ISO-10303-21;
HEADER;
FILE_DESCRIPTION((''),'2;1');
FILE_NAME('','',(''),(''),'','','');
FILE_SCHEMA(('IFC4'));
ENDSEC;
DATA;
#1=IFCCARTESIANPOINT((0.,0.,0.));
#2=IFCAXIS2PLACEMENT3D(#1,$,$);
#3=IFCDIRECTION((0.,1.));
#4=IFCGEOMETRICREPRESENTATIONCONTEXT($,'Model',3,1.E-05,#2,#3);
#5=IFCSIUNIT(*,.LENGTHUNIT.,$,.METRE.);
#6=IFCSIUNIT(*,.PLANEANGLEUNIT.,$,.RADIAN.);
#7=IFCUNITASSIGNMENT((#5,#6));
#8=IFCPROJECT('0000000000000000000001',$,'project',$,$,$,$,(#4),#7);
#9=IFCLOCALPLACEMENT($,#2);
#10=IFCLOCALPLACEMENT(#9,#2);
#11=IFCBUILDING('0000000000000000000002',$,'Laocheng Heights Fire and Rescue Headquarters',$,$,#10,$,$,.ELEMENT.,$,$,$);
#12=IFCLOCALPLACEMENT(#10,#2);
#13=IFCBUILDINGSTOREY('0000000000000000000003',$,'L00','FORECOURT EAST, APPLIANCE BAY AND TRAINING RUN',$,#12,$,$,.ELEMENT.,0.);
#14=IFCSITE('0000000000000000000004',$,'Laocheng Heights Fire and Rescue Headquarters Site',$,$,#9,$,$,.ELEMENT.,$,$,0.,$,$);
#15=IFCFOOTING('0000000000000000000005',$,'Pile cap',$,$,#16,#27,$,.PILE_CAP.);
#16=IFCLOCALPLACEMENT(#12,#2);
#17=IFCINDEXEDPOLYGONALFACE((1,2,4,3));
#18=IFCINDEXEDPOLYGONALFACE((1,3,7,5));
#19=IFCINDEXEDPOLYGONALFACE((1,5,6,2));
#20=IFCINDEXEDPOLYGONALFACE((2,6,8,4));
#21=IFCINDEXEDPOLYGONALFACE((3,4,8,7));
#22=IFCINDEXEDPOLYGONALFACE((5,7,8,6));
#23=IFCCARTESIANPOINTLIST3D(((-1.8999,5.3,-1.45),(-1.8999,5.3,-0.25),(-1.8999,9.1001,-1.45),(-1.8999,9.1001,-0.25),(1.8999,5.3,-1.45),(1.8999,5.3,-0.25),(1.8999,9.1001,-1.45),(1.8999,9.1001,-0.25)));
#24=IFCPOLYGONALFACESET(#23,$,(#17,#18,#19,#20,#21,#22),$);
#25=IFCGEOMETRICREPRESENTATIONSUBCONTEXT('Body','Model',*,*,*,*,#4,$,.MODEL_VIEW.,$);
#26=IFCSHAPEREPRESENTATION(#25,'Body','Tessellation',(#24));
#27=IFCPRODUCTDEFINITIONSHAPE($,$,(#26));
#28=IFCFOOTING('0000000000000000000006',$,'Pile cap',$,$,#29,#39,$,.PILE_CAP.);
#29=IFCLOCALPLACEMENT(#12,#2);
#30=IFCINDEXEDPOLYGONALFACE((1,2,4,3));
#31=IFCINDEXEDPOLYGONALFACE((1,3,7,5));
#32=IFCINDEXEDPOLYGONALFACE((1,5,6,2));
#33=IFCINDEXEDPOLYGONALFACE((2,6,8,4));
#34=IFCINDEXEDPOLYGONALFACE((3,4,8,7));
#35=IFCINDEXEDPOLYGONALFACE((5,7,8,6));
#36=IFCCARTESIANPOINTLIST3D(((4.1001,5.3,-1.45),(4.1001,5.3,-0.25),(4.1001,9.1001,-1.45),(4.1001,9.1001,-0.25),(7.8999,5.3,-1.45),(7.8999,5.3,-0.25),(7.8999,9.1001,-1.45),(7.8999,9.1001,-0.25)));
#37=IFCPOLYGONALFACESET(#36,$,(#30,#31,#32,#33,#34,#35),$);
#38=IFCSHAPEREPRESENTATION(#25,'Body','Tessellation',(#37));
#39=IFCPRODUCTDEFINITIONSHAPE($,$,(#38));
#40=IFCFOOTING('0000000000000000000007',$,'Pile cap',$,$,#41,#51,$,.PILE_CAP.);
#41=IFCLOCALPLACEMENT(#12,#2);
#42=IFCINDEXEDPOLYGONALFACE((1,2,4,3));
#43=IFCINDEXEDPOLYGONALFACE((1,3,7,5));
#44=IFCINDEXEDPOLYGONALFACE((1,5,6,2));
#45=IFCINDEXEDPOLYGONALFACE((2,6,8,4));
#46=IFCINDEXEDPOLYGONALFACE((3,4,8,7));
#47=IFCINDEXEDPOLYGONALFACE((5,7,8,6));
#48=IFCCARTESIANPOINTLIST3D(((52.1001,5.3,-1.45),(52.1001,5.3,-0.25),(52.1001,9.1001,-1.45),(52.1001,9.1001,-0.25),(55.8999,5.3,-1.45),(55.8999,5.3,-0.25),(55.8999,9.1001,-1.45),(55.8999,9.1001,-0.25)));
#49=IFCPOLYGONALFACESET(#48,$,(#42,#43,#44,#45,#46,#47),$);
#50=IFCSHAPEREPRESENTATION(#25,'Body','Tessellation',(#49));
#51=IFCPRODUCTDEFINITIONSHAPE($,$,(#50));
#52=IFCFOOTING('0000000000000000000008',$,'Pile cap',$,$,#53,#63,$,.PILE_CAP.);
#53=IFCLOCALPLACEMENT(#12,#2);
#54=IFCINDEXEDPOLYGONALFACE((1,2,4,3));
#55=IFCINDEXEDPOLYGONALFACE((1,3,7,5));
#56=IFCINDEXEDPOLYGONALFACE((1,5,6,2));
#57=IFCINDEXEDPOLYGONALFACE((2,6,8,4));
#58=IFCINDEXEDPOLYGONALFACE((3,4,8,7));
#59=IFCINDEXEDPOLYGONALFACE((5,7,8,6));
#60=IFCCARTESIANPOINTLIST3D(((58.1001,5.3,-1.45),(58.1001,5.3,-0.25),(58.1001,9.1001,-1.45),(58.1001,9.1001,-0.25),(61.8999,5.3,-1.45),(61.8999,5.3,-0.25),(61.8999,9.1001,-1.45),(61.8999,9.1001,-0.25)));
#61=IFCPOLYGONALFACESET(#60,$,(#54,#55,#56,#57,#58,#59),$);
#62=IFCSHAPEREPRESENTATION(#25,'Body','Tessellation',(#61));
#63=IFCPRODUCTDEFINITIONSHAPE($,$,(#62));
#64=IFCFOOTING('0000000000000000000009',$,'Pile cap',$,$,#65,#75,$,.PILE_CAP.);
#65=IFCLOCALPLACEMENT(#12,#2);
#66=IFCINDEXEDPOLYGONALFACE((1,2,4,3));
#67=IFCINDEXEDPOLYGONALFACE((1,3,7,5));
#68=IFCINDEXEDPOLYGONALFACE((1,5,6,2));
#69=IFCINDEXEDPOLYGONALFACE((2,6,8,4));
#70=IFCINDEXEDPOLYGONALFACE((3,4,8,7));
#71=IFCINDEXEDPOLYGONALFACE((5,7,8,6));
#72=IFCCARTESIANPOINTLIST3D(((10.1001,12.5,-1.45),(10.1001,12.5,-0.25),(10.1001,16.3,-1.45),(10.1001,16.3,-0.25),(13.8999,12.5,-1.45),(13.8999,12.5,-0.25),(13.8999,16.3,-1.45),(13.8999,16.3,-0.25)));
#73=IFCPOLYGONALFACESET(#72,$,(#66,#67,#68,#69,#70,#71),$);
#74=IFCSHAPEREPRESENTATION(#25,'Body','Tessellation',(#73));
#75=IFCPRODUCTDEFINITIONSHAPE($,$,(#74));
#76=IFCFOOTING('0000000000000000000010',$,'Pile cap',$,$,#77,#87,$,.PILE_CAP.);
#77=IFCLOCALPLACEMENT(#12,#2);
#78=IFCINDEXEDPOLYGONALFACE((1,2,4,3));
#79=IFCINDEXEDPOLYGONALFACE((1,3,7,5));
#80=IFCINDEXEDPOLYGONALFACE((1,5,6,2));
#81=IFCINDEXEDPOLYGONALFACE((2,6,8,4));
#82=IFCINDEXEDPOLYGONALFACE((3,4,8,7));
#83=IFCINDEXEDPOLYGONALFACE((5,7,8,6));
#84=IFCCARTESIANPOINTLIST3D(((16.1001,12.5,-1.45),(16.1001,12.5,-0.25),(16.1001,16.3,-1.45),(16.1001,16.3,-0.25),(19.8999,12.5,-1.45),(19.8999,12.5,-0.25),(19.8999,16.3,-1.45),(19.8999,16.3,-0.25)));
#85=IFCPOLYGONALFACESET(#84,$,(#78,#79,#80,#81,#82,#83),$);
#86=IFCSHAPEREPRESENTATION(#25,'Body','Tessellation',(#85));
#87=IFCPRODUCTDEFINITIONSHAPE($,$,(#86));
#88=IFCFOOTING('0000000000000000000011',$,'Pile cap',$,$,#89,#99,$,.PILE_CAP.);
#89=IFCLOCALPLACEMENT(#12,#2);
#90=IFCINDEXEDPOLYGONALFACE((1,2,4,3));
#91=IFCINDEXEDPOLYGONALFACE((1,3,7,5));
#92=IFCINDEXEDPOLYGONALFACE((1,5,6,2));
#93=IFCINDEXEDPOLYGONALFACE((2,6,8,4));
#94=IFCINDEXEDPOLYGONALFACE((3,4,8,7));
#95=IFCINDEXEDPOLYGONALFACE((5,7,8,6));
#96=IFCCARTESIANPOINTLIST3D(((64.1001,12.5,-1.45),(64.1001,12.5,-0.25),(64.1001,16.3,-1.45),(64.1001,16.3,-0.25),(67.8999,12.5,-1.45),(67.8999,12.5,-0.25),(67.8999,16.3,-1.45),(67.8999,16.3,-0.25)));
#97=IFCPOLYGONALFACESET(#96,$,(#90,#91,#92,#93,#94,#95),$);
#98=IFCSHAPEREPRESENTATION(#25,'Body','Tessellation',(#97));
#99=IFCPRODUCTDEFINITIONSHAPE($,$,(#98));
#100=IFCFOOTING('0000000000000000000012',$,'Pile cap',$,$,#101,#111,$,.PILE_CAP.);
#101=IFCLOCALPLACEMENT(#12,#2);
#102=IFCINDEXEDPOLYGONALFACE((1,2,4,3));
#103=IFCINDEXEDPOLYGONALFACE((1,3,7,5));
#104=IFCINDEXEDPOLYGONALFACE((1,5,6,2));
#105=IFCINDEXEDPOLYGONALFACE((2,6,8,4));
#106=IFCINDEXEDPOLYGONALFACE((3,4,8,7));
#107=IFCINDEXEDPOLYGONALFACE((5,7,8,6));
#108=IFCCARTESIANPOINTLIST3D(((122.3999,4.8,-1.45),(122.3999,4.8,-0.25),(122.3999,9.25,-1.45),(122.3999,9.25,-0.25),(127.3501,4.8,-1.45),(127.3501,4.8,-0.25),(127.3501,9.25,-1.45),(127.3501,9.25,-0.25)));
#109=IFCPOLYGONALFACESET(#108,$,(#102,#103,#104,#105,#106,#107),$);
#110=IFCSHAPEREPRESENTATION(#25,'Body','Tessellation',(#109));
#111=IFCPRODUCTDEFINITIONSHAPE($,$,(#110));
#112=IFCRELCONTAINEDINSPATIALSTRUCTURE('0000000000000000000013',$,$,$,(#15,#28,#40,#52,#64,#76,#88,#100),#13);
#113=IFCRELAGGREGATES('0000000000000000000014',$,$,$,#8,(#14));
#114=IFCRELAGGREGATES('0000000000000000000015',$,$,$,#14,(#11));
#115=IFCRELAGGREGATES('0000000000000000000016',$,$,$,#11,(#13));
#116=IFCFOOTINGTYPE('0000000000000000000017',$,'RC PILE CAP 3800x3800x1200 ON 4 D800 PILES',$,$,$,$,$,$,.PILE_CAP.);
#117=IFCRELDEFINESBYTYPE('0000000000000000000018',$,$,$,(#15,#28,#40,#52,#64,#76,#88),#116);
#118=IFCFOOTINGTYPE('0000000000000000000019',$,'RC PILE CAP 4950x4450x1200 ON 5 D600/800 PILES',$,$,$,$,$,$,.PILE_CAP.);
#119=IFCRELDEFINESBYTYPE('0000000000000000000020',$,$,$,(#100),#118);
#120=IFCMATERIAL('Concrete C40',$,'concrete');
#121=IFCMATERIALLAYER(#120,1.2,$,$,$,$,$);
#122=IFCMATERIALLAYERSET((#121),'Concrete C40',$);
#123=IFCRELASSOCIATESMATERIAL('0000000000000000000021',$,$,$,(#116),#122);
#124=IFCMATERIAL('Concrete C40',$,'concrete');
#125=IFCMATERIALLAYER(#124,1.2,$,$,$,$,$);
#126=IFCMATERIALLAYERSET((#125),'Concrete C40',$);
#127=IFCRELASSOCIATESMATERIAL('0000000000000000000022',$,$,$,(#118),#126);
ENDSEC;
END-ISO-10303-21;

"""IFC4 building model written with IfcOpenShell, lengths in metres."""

from ifc_helpers import new_model, si_unit, direction, frame, origin, place, context, subcontext, project, spatial, polyline, outline, extrude, material, layer, layer_set, type_object, element, save


model = new_model("IFC4")

# Units and contexts
model_context = context("Model", 3, precision=1e-05, world=origin(), true_north=direction((0.0, 1.0)))
body_context = subcontext(model_context, "Body", "Model", "MODEL_VIEW")
ifc_project = project(units=[si_unit("LENGTHUNIT", "METRE"), si_unit("PLANEANGLEUNIT", "RADIAN")], contexts=[model_context])

# Site, building, storey
site_placement = place(None, origin())
site = spatial("IfcSite", under=ifc_project, at=site_placement, Name="Laocheng Heights Fire and Rescue Headquarters Site", CompositionType="ELEMENT", RefElevation=0.0)
building_placement = place(site_placement, origin())
building = spatial("IfcBuilding", under=site, at=building_placement, Name="Laocheng Heights Fire and Rescue Headquarters", CompositionType="ELEMENT")
storey_placement = place(building_placement, origin())
storey = spatial("IfcBuildingStorey", under=building, at=storey_placement, Name="L00", Description="FORECOURT EAST, APPLIANCE BAY AND TRAINING RUN", CompositionType="ELEMENT", Elevation=0.0)

# Footings
ifc_material_1 = material(Name="Concrete C40", Category="concrete")
ifc_layer_1 = layer(ifc_material_1, 1.2)
ifc_layer_set_1 = layer_set([ifc_layer_1], Name="Concrete C40")
footing_type_1 = type_object("IfcFootingType", Name="RC PILE CAP 3800x3800x1200 ON 4 D800 PILES", PredefinedType="PILE_CAP", material=ifc_layer_set_1)
footing_1_placement = place(storey_placement, frame((0.0, 0.0, -1.45)))
element("IfcFooting", 1, at=footing_1_placement, inside=storey, type_object=footing_type_1, Name="Pile cap", PredefinedType="PILE_CAP", context=body_context, shape_type="SweptSolid", body=[
    extrude(outline(polyline([(1.8999, 5.3), (1.8999, 9.1001), (-1.8999, 9.1001), (-1.8999, 5.3), (1.8999, 5.3)])), origin(), (0.0, 0.0, 1.0), 1.2),
])
footing_2_placement = place(storey_placement, frame((0.0, 0.0, -1.45)))
element("IfcFooting", 2, at=footing_2_placement, inside=storey, type_object=footing_type_1, Name="Pile cap", PredefinedType="PILE_CAP", context=body_context, shape_type="SweptSolid", body=[
    extrude(outline(polyline([(7.8999, 5.3), (7.8999, 9.1001), (4.1001, 9.1001), (4.1001, 5.3), (7.8999, 5.3)])), origin(), (0.0, 0.0, 1.0), 1.2),
])
footing_3_placement = place(storey_placement, frame((0.0, 0.0, -1.45)))
element("IfcFooting", 3, at=footing_3_placement, inside=storey, type_object=footing_type_1, Name="Pile cap", PredefinedType="PILE_CAP", context=body_context, shape_type="SweptSolid", body=[
    extrude(outline(polyline([(55.8999, 5.3), (55.8999, 9.1001), (52.1001, 9.1001), (52.1001, 5.3), (55.8999, 5.3)])), origin(), (0.0, 0.0, 1.0), 1.2),
])
footing_4_placement = place(storey_placement, frame((0.0, 0.0, -1.45)))
element("IfcFooting", 4, at=footing_4_placement, inside=storey, type_object=footing_type_1, Name="Pile cap", PredefinedType="PILE_CAP", context=body_context, shape_type="SweptSolid", body=[
    extrude(outline(polyline([(61.8999, 5.3), (61.8999, 9.1001), (58.1001, 9.1001), (58.1001, 5.3), (61.8999, 5.3)])), origin(), (0.0, 0.0, 1.0), 1.2),
])
footing_5_placement = place(storey_placement, frame((0.0, 0.0, -1.45)))
element("IfcFooting", 5, at=footing_5_placement, inside=storey, type_object=footing_type_1, Name="Pile cap", PredefinedType="PILE_CAP", context=body_context, shape_type="SweptSolid", body=[
    extrude(outline(polyline([(13.8999, 12.5), (13.8999, 16.3), (10.1001, 16.3), (10.1001, 12.5), (13.8999, 12.5)])), origin(), (0.0, 0.0, 1.0), 1.2),
])
footing_6_placement = place(storey_placement, frame((0.0, 0.0, -1.45)))
element("IfcFooting", 6, at=footing_6_placement, inside=storey, type_object=footing_type_1, Name="Pile cap", PredefinedType="PILE_CAP", context=body_context, shape_type="SweptSolid", body=[
    extrude(outline(polyline([(19.8999, 12.5), (19.8999, 16.3), (16.1001, 16.3), (16.1001, 12.5), (19.8999, 12.5)])), origin(), (0.0, 0.0, 1.0), 1.2),
])
footing_7_placement = place(storey_placement, frame((0.0, 0.0, -1.45)))
element("IfcFooting", 7, at=footing_7_placement, inside=storey, type_object=footing_type_1, Name="Pile cap", PredefinedType="PILE_CAP", context=body_context, shape_type="SweptSolid", body=[
    extrude(outline(polyline([(67.8999, 12.5), (67.8999, 16.3), (64.1001, 16.3), (64.1001, 12.5), (67.8999, 12.5)])), origin(), (0.0, 0.0, 1.0), 1.2),
])
ifc_material_2 = material(Name="Concrete C40", Category="concrete")
ifc_layer_2 = layer(ifc_material_2, 1.2)
ifc_layer_set_2 = layer_set([ifc_layer_2], Name="Concrete C40")
footing_type_2 = type_object("IfcFootingType", Name="RC PILE CAP 4950x4450x1200 ON 5 D600/800 PILES", PredefinedType="PILE_CAP", material=ifc_layer_set_2)
footing_8_placement = place(storey_placement, frame((0.0, 0.0, -1.45)))
element("IfcFooting", 8, at=footing_8_placement, inside=storey, type_object=footing_type_2, Name="Pile cap", PredefinedType="PILE_CAP", context=body_context, shape_type="SweptSolid", body=[
    extrude(outline(polyline([(127.3501, 4.8), (127.3501, 9.25), (122.3999, 9.25), (122.3999, 4.8), (127.3501, 4.8)])), origin(), (0.0, 0.0, 1.0), 1.2),
])

save(model, "model.ifc")
